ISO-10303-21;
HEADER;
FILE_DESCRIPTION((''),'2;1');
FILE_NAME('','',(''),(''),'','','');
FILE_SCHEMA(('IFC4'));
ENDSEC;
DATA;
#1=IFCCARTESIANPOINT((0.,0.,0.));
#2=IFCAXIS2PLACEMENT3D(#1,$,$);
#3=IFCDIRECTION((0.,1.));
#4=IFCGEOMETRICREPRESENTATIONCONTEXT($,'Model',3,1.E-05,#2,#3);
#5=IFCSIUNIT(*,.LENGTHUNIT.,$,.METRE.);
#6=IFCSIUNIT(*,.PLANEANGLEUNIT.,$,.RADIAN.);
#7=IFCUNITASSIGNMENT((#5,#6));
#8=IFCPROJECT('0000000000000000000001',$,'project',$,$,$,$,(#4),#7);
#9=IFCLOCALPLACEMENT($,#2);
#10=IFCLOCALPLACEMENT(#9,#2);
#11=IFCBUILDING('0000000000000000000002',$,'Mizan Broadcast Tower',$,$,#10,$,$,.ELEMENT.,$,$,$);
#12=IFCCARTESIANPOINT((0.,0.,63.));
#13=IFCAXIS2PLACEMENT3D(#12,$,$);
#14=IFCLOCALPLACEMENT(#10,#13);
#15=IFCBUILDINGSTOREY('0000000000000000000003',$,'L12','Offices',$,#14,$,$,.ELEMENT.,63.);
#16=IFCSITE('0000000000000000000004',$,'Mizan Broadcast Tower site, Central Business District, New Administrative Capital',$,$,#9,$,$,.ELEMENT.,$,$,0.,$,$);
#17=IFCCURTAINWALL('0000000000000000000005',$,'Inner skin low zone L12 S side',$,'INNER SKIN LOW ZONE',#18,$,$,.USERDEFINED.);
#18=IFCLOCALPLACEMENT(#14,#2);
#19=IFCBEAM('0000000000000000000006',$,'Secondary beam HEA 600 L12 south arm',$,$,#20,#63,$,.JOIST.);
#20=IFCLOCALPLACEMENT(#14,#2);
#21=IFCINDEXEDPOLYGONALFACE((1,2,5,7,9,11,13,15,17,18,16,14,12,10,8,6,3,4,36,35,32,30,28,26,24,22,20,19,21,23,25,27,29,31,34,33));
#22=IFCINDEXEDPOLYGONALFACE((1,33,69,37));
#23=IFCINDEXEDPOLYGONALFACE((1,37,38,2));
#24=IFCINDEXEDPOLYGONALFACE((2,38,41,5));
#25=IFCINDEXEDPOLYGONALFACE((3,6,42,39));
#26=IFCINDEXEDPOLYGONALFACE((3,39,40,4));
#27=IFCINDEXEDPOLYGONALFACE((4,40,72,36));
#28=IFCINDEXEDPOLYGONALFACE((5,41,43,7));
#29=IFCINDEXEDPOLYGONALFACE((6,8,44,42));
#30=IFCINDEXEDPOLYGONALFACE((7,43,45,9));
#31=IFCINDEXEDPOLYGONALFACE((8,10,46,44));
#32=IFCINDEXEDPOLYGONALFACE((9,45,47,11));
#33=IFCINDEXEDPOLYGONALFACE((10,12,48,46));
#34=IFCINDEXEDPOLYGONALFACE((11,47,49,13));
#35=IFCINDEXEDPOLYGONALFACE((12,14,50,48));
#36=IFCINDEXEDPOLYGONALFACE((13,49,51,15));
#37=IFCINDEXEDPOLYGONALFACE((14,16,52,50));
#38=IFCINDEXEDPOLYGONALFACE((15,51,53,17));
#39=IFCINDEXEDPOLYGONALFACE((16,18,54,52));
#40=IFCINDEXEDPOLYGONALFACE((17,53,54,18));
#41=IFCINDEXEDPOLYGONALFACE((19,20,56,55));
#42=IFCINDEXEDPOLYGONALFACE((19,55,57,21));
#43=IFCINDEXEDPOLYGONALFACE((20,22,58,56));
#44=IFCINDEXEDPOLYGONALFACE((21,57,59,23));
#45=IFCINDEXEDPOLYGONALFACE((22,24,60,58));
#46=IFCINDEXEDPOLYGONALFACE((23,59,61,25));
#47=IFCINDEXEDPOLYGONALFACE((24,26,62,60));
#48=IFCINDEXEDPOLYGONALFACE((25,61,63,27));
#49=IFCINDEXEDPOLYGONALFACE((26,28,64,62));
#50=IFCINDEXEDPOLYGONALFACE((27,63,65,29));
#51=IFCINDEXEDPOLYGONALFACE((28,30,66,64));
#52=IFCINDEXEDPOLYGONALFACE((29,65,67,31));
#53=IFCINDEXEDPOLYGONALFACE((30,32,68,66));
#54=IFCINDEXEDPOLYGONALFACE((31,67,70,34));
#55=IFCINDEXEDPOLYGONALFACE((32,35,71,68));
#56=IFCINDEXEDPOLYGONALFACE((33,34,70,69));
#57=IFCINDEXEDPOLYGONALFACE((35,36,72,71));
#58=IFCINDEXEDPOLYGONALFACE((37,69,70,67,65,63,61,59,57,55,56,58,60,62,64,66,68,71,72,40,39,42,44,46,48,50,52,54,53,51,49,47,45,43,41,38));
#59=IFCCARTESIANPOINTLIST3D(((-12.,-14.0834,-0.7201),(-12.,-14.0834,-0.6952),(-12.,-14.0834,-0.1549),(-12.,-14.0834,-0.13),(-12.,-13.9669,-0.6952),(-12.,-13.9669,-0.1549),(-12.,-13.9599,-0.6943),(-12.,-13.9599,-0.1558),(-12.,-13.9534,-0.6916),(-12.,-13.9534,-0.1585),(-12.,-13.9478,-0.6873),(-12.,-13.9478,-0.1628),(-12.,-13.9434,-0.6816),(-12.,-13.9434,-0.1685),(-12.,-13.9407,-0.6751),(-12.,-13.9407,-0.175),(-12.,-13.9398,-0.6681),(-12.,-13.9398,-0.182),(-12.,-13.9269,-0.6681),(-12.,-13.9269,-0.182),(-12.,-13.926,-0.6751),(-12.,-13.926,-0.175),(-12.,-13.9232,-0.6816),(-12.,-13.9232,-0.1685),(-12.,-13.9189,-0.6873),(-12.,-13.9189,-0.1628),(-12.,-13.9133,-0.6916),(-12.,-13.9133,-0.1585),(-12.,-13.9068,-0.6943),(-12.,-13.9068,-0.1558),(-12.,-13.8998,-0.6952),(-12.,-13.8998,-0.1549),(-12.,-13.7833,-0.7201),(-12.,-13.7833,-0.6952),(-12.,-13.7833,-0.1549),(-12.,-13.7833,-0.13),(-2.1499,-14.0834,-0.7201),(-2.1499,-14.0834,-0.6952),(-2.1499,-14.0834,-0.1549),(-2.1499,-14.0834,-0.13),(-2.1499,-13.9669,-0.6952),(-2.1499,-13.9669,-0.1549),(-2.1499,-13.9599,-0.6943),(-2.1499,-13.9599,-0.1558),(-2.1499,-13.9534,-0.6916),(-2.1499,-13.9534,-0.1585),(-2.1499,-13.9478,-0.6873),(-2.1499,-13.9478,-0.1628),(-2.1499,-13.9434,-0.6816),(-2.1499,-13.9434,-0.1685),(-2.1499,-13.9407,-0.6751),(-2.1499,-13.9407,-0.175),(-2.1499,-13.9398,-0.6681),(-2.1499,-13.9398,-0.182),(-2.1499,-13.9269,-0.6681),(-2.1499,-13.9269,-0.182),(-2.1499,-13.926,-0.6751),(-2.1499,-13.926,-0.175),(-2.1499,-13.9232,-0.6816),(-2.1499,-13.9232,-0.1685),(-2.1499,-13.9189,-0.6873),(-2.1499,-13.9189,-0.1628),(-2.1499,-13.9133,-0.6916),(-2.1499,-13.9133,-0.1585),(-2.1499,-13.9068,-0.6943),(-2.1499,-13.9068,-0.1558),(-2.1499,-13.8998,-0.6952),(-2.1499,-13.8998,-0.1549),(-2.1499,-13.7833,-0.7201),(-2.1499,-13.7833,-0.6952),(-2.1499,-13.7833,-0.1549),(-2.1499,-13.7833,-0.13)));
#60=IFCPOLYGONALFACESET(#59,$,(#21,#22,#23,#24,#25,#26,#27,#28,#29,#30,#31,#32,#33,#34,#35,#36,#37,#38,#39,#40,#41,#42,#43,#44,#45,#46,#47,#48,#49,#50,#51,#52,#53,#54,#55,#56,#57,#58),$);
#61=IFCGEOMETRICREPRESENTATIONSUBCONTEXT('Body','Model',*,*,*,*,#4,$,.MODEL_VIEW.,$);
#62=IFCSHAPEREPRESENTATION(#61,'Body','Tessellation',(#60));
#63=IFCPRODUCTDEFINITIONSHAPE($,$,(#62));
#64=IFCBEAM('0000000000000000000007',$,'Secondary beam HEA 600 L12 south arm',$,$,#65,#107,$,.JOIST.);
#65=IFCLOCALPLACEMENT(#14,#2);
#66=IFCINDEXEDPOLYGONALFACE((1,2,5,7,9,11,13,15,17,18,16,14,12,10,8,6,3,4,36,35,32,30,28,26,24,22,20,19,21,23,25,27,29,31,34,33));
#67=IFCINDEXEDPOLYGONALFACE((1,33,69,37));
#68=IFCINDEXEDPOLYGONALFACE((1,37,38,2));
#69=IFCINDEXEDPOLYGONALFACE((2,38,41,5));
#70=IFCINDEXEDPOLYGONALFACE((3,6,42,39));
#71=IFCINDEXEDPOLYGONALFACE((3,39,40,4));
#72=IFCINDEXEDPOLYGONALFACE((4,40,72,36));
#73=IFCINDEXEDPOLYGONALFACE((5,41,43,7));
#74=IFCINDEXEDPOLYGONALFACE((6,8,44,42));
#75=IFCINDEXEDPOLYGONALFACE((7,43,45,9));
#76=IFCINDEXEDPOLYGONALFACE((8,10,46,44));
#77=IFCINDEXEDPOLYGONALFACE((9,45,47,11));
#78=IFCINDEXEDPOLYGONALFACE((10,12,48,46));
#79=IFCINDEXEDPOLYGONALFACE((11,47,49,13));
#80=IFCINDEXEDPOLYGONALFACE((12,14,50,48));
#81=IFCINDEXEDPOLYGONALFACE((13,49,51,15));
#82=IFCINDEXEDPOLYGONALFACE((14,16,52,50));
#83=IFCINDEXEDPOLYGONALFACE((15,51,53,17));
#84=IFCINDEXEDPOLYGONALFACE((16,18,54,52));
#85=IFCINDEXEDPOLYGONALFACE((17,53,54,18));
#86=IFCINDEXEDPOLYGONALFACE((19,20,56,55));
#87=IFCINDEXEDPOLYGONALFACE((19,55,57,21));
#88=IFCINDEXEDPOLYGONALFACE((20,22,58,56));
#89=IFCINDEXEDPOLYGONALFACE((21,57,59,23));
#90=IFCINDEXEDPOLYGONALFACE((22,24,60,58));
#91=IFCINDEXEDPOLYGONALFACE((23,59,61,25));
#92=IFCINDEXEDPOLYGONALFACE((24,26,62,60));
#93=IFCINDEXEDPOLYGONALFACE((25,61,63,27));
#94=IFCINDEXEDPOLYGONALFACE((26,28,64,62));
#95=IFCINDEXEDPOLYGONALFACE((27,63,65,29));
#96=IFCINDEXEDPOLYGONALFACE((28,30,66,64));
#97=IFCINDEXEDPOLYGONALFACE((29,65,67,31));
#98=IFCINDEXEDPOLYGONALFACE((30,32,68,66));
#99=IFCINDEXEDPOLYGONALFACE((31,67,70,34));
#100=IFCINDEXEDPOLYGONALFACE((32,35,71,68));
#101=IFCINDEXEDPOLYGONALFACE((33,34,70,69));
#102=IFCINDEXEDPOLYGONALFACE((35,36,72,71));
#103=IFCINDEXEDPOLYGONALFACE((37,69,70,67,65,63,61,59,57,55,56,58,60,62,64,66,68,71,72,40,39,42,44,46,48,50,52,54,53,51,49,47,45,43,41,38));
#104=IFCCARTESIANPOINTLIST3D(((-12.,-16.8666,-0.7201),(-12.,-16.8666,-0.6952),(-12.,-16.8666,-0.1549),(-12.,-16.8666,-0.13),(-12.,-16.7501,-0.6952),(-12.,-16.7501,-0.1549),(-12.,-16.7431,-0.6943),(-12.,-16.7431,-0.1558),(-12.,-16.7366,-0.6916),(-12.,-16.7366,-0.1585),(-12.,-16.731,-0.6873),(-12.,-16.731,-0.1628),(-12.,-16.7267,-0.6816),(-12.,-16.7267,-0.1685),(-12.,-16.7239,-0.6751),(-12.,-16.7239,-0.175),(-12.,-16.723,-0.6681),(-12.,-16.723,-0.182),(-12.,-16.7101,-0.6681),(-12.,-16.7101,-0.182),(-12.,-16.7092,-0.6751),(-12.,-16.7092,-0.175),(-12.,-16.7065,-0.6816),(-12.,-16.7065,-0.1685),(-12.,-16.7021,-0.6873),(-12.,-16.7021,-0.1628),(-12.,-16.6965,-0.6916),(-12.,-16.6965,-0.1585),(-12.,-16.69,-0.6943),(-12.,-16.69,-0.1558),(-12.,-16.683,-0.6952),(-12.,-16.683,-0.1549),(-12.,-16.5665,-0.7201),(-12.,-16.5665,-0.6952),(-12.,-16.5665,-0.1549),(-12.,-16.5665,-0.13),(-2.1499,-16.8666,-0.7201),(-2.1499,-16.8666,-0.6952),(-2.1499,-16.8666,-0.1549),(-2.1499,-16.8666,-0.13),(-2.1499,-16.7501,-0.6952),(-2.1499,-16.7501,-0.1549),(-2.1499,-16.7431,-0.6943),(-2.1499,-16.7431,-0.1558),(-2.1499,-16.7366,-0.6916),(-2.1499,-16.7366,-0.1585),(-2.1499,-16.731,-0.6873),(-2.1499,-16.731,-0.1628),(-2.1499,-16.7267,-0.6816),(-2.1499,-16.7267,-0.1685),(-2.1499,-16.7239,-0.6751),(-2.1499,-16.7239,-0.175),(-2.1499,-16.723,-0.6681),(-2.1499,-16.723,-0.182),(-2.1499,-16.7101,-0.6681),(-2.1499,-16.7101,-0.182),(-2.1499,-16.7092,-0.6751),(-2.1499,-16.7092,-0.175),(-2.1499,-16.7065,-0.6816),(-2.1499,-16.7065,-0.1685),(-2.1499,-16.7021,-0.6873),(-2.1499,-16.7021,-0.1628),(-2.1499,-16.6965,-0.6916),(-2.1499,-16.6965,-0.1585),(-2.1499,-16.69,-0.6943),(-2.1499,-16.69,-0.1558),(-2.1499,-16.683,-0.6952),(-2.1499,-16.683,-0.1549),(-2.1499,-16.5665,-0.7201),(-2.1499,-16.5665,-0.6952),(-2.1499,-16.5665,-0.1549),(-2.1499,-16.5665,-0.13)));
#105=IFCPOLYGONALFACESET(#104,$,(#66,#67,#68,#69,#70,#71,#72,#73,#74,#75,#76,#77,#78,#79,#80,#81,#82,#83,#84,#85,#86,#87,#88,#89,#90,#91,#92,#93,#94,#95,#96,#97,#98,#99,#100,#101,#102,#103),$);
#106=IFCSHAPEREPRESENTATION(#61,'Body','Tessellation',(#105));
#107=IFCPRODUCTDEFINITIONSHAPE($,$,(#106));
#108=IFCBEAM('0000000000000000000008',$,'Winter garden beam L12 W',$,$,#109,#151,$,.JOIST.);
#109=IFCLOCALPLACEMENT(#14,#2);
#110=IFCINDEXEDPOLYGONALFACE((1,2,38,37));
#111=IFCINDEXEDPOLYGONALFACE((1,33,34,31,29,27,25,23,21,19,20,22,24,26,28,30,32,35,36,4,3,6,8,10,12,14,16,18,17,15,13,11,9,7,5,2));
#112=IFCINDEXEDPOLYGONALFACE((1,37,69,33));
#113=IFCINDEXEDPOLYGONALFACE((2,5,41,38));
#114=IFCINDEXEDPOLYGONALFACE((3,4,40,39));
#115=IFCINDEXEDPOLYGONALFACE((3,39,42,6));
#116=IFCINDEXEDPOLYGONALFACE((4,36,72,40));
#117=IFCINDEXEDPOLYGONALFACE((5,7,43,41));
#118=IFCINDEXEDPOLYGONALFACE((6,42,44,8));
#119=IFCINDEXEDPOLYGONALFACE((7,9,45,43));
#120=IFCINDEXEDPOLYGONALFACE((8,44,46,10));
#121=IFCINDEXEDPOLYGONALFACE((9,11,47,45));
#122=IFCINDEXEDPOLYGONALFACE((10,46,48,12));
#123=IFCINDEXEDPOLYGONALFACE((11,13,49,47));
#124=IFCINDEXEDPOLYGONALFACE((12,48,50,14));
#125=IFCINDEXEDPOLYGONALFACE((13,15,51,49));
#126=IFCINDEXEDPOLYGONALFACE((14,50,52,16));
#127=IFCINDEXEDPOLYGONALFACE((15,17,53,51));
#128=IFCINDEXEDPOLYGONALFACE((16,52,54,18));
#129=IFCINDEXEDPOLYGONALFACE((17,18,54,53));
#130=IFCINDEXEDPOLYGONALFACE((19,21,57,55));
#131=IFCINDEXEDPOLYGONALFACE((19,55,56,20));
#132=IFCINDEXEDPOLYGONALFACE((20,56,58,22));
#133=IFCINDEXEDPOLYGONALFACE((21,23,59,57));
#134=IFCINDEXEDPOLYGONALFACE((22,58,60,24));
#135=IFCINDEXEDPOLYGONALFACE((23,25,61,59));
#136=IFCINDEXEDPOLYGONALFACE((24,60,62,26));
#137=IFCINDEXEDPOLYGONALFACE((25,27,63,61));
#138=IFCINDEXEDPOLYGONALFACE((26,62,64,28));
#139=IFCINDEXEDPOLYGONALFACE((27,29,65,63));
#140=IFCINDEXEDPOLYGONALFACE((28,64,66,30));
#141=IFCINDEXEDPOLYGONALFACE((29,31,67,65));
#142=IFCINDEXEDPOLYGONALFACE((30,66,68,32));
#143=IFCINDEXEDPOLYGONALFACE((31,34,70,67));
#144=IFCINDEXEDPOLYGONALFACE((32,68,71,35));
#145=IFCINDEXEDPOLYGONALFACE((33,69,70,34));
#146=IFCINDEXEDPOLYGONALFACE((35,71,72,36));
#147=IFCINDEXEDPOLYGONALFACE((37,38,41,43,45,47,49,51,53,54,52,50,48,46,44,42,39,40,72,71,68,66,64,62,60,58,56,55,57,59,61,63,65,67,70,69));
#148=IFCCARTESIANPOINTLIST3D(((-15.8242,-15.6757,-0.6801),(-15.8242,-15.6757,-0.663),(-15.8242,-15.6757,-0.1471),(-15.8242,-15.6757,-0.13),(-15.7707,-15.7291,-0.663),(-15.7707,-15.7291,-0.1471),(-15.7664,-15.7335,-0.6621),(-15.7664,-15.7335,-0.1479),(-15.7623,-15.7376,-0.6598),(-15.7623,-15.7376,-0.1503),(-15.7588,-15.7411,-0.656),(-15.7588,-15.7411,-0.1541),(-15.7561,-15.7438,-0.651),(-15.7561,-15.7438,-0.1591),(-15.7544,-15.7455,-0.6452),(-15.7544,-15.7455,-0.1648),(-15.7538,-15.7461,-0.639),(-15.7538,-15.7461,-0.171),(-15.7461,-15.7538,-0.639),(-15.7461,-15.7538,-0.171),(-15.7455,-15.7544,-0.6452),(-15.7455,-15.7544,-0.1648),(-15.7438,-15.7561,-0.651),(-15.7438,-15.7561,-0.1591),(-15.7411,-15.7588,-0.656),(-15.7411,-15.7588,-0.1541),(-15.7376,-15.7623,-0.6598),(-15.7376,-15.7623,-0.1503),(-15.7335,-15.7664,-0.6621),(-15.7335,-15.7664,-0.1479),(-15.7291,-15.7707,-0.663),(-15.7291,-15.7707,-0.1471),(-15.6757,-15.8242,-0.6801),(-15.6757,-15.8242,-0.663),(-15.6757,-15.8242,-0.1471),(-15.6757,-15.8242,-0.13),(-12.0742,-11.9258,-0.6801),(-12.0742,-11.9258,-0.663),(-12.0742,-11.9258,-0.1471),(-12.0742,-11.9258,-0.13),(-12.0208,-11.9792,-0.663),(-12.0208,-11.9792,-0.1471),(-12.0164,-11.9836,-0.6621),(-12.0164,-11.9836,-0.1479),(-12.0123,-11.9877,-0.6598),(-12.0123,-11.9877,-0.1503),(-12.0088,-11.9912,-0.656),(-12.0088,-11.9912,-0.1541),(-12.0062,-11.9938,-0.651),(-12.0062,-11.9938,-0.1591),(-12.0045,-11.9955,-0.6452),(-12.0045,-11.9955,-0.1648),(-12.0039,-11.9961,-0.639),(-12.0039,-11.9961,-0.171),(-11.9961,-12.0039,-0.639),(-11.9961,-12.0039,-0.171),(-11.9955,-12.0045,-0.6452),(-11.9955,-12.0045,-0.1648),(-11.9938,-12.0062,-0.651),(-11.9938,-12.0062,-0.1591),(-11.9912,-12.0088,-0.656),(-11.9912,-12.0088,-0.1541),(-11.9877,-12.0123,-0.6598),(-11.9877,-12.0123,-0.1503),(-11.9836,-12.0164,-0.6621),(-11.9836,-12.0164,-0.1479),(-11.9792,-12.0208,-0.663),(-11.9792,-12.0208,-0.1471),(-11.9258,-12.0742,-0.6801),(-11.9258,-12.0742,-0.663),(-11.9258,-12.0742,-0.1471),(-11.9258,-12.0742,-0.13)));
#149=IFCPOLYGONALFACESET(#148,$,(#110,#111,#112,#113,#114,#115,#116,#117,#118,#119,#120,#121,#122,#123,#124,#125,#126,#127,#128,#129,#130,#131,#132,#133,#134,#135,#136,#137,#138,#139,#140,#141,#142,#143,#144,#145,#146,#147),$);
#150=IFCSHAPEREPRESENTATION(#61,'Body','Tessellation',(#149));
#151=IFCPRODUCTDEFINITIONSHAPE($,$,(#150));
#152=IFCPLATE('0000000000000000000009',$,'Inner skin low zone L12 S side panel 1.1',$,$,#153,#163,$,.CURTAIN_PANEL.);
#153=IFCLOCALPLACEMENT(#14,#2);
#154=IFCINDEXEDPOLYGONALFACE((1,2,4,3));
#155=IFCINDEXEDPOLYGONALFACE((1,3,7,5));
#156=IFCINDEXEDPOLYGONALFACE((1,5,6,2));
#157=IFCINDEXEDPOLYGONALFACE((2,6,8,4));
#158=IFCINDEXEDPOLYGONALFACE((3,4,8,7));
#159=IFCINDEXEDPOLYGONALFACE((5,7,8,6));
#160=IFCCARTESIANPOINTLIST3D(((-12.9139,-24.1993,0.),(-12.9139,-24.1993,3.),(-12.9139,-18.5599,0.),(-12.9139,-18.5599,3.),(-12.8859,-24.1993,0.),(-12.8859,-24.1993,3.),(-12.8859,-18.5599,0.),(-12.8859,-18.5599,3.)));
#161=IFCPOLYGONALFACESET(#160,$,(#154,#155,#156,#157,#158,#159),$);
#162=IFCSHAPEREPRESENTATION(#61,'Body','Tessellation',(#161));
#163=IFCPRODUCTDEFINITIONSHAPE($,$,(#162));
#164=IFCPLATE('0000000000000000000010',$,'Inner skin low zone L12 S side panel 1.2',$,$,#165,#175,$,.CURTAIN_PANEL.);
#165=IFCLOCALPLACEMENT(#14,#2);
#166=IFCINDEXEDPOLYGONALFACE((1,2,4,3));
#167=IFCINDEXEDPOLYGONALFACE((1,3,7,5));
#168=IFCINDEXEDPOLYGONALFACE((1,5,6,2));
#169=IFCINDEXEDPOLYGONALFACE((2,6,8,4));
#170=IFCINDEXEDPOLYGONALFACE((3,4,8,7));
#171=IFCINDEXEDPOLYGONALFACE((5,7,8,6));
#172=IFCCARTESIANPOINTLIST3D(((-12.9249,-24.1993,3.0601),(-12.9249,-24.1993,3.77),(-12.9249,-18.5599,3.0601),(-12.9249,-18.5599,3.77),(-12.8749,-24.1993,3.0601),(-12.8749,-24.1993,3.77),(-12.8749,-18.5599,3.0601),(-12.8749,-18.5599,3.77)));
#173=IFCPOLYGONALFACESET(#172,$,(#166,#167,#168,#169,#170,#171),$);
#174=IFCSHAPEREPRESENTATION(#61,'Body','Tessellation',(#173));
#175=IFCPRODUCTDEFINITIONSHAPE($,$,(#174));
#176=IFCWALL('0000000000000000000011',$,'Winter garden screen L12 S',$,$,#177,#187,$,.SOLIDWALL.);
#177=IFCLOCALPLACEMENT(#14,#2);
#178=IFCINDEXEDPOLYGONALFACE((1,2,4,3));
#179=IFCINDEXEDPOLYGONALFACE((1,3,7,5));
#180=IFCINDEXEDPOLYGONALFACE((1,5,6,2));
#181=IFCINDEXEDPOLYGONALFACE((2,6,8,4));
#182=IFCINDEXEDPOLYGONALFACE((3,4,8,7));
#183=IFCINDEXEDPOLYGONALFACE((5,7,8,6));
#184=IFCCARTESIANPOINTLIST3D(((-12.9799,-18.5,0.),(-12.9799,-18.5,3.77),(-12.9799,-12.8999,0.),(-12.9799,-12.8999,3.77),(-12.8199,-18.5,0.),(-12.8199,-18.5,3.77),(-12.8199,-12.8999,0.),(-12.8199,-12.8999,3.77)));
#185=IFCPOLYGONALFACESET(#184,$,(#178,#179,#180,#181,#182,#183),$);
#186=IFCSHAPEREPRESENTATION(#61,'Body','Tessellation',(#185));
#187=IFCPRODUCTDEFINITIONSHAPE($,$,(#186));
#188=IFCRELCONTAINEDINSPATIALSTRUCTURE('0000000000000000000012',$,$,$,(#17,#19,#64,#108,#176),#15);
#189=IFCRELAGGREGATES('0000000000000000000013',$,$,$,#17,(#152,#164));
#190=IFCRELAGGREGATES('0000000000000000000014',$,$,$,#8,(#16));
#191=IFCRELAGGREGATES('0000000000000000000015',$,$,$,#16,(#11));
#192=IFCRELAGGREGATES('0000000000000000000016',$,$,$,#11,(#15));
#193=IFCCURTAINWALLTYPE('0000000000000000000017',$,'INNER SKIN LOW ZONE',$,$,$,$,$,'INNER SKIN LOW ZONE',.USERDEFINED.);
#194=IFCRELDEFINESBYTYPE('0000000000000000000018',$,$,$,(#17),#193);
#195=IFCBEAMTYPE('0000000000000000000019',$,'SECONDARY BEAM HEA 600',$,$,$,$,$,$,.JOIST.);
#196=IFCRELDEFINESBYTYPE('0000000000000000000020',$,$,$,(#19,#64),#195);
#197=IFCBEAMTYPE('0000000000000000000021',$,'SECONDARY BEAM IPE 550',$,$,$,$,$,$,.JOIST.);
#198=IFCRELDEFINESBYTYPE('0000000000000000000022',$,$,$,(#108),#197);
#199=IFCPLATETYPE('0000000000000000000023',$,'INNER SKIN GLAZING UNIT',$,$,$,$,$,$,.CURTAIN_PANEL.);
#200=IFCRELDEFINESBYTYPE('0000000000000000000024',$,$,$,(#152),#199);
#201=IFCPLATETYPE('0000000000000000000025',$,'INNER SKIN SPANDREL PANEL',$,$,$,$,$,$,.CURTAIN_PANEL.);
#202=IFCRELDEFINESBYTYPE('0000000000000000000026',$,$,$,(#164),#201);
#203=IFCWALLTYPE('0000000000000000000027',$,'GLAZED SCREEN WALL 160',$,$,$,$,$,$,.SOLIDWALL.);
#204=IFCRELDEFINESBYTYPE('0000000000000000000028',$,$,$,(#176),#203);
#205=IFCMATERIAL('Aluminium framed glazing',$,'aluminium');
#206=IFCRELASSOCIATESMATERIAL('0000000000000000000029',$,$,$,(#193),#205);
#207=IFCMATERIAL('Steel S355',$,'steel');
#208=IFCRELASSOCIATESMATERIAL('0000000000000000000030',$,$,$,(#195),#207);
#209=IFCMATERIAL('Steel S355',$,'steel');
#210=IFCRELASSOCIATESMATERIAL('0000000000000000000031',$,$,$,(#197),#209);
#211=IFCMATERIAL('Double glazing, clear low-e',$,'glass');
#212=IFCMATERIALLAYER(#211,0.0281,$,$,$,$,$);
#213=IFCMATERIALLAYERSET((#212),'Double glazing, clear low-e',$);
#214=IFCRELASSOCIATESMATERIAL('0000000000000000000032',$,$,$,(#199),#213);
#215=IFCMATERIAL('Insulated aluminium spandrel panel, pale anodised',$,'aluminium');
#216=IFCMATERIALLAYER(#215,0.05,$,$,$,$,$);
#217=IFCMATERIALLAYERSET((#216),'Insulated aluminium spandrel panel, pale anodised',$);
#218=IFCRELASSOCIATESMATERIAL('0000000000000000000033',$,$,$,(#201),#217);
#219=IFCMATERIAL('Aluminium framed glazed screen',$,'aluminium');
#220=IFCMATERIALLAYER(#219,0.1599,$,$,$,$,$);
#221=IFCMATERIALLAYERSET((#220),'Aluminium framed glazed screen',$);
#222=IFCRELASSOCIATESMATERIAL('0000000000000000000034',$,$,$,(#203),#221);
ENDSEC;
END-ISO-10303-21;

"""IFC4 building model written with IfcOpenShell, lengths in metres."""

from ifc_helpers import new_model, si_unit, direction, frame, frame_2d, origin, origin_2d, place, context, subcontext, project, spatial, rectangle, i_section, extrude, material, layer, layer_set, material_profile, profile_set, type_object, element, aggregate, save


model = new_model("IFC4")

# Units and contexts
model_context = context("Model", 3, precision=1e-05, world=origin(), true_north=direction((0.0, 1.0)))
body_context = subcontext(model_context, "Body", "Model", "MODEL_VIEW")
ifc_project = project(units=[si_unit("LENGTHUNIT", "METRE"), si_unit("PLANEANGLEUNIT", "RADIAN")], contexts=[model_context])

# Site, building, storey
site_placement = place(None, origin())
site = spatial("IfcSite", under=ifc_project, at=site_placement, Name="Mizan Broadcast Tower site, Central Business District, New Administrative Capital", CompositionType="ELEMENT", RefElevation=0.0)
building_placement = place(site_placement, origin())
building = spatial("IfcBuilding", under=site, at=building_placement, Name="Mizan Broadcast Tower", CompositionType="ELEMENT")
storey_placement = place(building_placement, frame((0.0, 0.0, 63.0)))
storey = spatial("IfcBuildingStorey", under=building, at=storey_placement, Name="L12", Description="Offices", CompositionType="ELEMENT", Elevation=63.0)

# Curtain wall
ifc_material_1 = material(Name="Aluminium framed glazing", Category="aluminium")
curtain_wall_type = type_object("IfcCurtainWallType", Name="INNER SKIN LOW ZONE", ElementType="INNER SKIN LOW ZONE", PredefinedType="USERDEFINED", material=ifc_material_1)
curtain_wall_placement = place(storey_placement, origin())
curtain_wall = element("IfcCurtainWall", 1, at=curtain_wall_placement, inside=storey, type_object=curtain_wall_type, Name="Inner skin low zone L12 S side", ObjectType="INNER SKIN LOW ZONE", PredefinedType="USERDEFINED")

# Beams
ifc_material_2 = material(Name="Steel S355", Category="steel")
ifc_material_profile_1 = material_profile(ifc_material_2, i_section(OverallWidth=0.3, OverallDepth=0.5901, WebThickness=0.0129, FlangeThickness=0.0249, FilletRadius=0.0271, at=origin_2d()), Name="HEA 600")
ifc_profile_set_1 = profile_set([ifc_material_profile_1], Name="Steel S355")
beam_type_1 = type_object("IfcBeamType", Name="SECONDARY BEAM HEA 600", PredefinedType="JOIST", material=ifc_profile_set_1)
for number, where, z_axis, x_axis, name in (
    (2, (-12.0, -13.9333, -0.425), (1.0, 0.0, 0.0), (0.0, 1.0, 0.0), "Secondary beam HEA 600 L12 south arm"),
    (3, (-12.0, -16.7166, -0.425), (1.0, 0.0, 0.0), (0.0, 1.0, 0.0), "Secondary beam HEA 600 L12 south arm"),
):
    element("IfcBeam", number, at=place(storey_placement, frame(where, z_axis=z_axis, x_axis=x_axis)), inside=storey, type_object=beam_type_1, Name=name, PredefinedType="JOIST", context=body_context, shape_type="SweptSolid", body=[
        extrude(i_section(OverallWidth=0.3, OverallDepth=0.5901, WebThickness=0.0129, FlangeThickness=0.0249, FilletRadius=0.0271, at=origin_2d()), origin(), (0.0, 0.0, 1.0), 9.8501),
    ])
ifc_material_3 = material(Name="Steel S355", Category="steel")
ifc_material_profile_2 = material_profile(ifc_material_3, i_section(OverallWidth=0.21, OverallDepth=0.55, WebThickness=0.011, FlangeThickness=0.0171, FilletRadius=0.0239, at=origin_2d()), Name="IPE 550")
ifc_profile_set_2 = profile_set([ifc_material_profile_2], Name="Steel S355")
beam_type_2 = type_object("IfcBeamType", Name="SECONDARY BEAM IPE 550", PredefinedType="JOIST", material=ifc_profile_set_2)
beam_1_placement = place(storey_placement, frame((-12.0, -12.0, -0.405), z_axis=(-0.707107, -0.707107, 0.0), x_axis=(0.707107, -0.707107, 0.0)))
element("IfcBeam", 4, at=beam_1_placement, inside=storey, type_object=beam_type_2, Name="Winter garden beam L12 W", PredefinedType="JOIST", context=body_context, shape_type="SweptSolid", body=[
    extrude(i_section(OverallWidth=0.21, OverallDepth=0.55, WebThickness=0.011, FlangeThickness=0.0171, FilletRadius=0.0239, at=origin_2d()), origin(), (0.0, 0.0, 1.0), 5.3032),
])

# Plates
ifc_material_4 = material(Name="Double glazing, clear low-e", Category="glass")
ifc_layer_1 = layer(ifc_material_4, 0.0281)
ifc_layer_set_1 = layer_set([ifc_layer_1], Name="Double glazing, clear low-e")
plate_type_1 = type_object("IfcPlateType", Name="INNER SKIN GLAZING UNIT", PredefinedType="CURTAIN_PANEL", material=ifc_layer_set_1)
plate_1_placement = place(storey_placement, frame((-12.8999, -21.3796, 0.0), z_axis=(0.0, 0.0, 1.0), x_axis=(0.0, -1.0, 0.0)))
plate_1 = element("IfcPlate", 5, at=plate_1_placement, type_object=plate_type_1, Name="Inner skin low zone L12 S side panel 1.1", PredefinedType="CURTAIN_PANEL", context=body_context, shape_type="SweptSolid", body=[
    extrude(rectangle(XDim=5.6394, YDim=0.0281, at=origin_2d()), origin(), (0.0, 0.0, 1.0), 3.0),
])
ifc_material_5 = material(Name="Insulated aluminium spandrel panel, pale anodised", Category="aluminium")
ifc_layer_2 = layer(ifc_material_5, 0.05)
ifc_layer_set_2 = layer_set([ifc_layer_2], Name="Insulated aluminium spandrel panel, pale anodised")
plate_type_2 = type_object("IfcPlateType", Name="INNER SKIN SPANDREL PANEL", PredefinedType="CURTAIN_PANEL", material=ifc_layer_set_2)
plate_2_placement = place(storey_placement, frame((-12.8999, -21.3796, 3.0601), z_axis=(0.0, 0.0, 1.0), x_axis=(0.0, -1.0, 0.0)))
plate_2 = element("IfcPlate", 6, at=plate_2_placement, type_object=plate_type_2, Name="Inner skin low zone L12 S side panel 1.2", PredefinedType="CURTAIN_PANEL", context=body_context, shape_type="SweptSolid", body=[
    extrude(rectangle(XDim=5.6394, YDim=0.05, at=origin_2d()), origin(), (0.0, 0.0, 1.0), 0.71),
])
aggregate(curtain_wall, [plate_1, plate_2])

# Wall
ifc_material_6 = material(Name="Aluminium framed glazed screen", Category="aluminium")
ifc_layer_3 = layer(ifc_material_6, 0.1599)
ifc_layer_set_3 = layer_set([ifc_layer_3], Name="Aluminium framed glazed screen")
wall_type_1 = type_object("IfcWallType", Name="GLAZED SCREEN WALL 160", PredefinedType="SOLIDWALL", material=ifc_layer_set_3)
wall_1_placement = place(storey_placement, frame((-12.8999, -12.8999, 0.0), z_axis=(0.0, 0.0, 1.0), x_axis=(0.0, -1.0, 0.0)))
element("IfcWall", 7, at=wall_1_placement, inside=storey, type_object=wall_type_1, Name="Winter garden screen L12 S", PredefinedType="SOLIDWALL", context=body_context, shape_type="SweptSolid", body=[
    extrude(rectangle(XDim=5.6001, YDim=0.1599, at=frame_2d((2.8, 0.0))), origin(), (0.0, 0.0, 1.0), 3.77),
])

save(model, "model.ifc")
